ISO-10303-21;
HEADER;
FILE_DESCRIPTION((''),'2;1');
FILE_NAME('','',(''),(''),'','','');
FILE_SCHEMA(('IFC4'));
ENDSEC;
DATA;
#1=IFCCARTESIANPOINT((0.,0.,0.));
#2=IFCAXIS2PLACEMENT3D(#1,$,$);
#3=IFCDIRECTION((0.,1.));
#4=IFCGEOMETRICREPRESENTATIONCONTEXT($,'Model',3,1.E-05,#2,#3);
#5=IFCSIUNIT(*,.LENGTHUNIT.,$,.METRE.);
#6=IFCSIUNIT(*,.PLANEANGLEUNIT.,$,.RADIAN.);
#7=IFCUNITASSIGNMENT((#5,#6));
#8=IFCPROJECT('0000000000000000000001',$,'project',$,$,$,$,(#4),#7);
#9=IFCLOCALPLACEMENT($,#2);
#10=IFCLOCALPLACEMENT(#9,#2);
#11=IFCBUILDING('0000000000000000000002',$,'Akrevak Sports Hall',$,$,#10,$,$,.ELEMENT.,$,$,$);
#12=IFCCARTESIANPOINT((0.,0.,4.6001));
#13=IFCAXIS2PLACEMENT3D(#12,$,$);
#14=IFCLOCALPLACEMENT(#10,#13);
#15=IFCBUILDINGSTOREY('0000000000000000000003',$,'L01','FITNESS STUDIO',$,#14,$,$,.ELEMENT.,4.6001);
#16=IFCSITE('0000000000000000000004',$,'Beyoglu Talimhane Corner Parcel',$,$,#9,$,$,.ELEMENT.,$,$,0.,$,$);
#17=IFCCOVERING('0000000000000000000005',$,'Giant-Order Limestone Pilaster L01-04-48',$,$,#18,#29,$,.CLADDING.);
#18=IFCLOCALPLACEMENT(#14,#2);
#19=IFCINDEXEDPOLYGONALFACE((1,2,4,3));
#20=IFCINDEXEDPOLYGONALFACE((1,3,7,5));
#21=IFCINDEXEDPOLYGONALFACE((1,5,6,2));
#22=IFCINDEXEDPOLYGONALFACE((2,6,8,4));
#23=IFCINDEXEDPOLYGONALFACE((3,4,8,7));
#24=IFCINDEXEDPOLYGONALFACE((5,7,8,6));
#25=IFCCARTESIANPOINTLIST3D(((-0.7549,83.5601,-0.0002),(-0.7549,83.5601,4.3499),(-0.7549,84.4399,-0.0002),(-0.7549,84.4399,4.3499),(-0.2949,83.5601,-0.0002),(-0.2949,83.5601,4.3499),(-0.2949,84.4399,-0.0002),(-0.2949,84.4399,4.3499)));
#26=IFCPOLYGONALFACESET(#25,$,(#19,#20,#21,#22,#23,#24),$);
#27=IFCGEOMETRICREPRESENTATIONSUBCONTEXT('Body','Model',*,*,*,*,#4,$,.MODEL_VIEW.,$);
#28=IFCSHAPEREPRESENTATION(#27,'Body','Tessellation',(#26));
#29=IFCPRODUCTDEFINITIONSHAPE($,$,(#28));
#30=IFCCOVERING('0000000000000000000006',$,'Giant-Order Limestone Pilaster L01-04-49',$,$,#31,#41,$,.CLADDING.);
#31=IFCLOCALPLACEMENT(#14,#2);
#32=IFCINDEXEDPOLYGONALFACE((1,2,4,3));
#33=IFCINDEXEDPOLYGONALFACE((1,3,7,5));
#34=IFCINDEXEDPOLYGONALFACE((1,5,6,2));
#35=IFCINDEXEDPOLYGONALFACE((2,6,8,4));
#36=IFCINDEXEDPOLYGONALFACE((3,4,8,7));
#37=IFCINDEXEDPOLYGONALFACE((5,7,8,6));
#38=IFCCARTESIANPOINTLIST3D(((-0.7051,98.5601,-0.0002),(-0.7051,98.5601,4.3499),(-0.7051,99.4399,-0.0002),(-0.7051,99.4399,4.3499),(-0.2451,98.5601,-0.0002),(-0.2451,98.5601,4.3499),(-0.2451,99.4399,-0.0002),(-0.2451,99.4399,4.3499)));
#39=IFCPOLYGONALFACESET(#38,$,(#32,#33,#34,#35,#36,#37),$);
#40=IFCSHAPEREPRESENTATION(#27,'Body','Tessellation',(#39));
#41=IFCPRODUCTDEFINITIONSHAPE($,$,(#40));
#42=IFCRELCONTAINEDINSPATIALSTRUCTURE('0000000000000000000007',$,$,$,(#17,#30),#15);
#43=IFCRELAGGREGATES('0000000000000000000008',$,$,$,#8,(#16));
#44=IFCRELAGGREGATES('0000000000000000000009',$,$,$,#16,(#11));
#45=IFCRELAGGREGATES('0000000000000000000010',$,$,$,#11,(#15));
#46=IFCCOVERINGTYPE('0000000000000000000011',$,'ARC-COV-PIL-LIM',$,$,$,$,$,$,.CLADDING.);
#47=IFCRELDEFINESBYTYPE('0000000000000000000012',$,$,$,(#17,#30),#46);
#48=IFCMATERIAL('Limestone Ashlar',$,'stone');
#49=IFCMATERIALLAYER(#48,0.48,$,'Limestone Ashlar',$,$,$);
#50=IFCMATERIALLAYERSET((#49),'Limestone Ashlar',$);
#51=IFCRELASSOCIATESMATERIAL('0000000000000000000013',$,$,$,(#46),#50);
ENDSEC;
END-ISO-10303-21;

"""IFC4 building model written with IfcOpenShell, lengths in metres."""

from ifc_helpers import new_model, si_unit, direction, frame, origin, origin_2d, place, context, subcontext, project, spatial, rectangle, extrude, material, layer, layer_set, type_object, element, save


model = new_model("IFC4")

# Units and contexts
model_context = context("Model", 3, precision=1e-05, world=origin(), true_north=direction((0.0, 1.0)))
body_context = subcontext(model_context, "Body", "Model", "MODEL_VIEW")
ifc_project = project(units=[si_unit("LENGTHUNIT", "METRE"), si_unit("PLANEANGLEUNIT", "RADIAN")], contexts=[model_context])

# Site, building, storey
site_placement = place(None, origin())
site = spatial("IfcSite", under=ifc_project, at=site_placement, Name="Beyoglu Talimhane Corner Parcel", CompositionType="ELEMENT", RefElevation=0.0)
building_placement = place(site_placement, origin())
building = spatial("IfcBuilding", under=site, at=building_placement, Name="Akrevak Sports Hall", CompositionType="ELEMENT")
storey_placement = place(building_placement, frame((0.0, 0.0, 4.6001)))
storey = spatial("IfcBuildingStorey", under=building, at=storey_placement, Name="L01", Description="FITNESS STUDIO", CompositionType="ELEMENT", Elevation=4.6001)

# Shared definitions
ifc_material_1 = material(Name="Limestone Ashlar", Category="stone")

# Coverings
ifc_layer_1 = layer(ifc_material_1, 0.48, Name="Limestone Ashlar")
ifc_layer_set_1 = layer_set([ifc_layer_1], Name="Limestone Ashlar")
covering_type = type_object("IfcCoveringType", Name="ARC-COV-PIL-LIM", PredefinedType="CLADDING", material=ifc_layer_set_1)
for number, where, z_axis, x_axis, name in (
    (1, (-0.5249, 84.0, -0.0002), (0.0, 0.0, 1.0), (0.0, -1.0, 0.0), "Giant-Order Limestone Pilaster L01-04-48"),
    (2, (-0.4751, 99.0, -0.0002), (0.0, 0.0, 1.0), (0.0, -1.0, 0.0), "Giant-Order Limestone Pilaster L01-04-49"),
):
    element("IfcCovering", number, at=place(storey_placement, frame(where, z_axis=z_axis, x_axis=x_axis)), inside=storey, type_object=covering_type, Name=name, PredefinedType="CLADDING", context=body_context, shape_type="SweptSolid", body=[
        extrude(rectangle(XDim=0.8799, YDim=0.46, at=origin_2d()), origin(), (0.0, 0.0, 1.0), 4.3501),
    ])

save(model, "model.ifc")
